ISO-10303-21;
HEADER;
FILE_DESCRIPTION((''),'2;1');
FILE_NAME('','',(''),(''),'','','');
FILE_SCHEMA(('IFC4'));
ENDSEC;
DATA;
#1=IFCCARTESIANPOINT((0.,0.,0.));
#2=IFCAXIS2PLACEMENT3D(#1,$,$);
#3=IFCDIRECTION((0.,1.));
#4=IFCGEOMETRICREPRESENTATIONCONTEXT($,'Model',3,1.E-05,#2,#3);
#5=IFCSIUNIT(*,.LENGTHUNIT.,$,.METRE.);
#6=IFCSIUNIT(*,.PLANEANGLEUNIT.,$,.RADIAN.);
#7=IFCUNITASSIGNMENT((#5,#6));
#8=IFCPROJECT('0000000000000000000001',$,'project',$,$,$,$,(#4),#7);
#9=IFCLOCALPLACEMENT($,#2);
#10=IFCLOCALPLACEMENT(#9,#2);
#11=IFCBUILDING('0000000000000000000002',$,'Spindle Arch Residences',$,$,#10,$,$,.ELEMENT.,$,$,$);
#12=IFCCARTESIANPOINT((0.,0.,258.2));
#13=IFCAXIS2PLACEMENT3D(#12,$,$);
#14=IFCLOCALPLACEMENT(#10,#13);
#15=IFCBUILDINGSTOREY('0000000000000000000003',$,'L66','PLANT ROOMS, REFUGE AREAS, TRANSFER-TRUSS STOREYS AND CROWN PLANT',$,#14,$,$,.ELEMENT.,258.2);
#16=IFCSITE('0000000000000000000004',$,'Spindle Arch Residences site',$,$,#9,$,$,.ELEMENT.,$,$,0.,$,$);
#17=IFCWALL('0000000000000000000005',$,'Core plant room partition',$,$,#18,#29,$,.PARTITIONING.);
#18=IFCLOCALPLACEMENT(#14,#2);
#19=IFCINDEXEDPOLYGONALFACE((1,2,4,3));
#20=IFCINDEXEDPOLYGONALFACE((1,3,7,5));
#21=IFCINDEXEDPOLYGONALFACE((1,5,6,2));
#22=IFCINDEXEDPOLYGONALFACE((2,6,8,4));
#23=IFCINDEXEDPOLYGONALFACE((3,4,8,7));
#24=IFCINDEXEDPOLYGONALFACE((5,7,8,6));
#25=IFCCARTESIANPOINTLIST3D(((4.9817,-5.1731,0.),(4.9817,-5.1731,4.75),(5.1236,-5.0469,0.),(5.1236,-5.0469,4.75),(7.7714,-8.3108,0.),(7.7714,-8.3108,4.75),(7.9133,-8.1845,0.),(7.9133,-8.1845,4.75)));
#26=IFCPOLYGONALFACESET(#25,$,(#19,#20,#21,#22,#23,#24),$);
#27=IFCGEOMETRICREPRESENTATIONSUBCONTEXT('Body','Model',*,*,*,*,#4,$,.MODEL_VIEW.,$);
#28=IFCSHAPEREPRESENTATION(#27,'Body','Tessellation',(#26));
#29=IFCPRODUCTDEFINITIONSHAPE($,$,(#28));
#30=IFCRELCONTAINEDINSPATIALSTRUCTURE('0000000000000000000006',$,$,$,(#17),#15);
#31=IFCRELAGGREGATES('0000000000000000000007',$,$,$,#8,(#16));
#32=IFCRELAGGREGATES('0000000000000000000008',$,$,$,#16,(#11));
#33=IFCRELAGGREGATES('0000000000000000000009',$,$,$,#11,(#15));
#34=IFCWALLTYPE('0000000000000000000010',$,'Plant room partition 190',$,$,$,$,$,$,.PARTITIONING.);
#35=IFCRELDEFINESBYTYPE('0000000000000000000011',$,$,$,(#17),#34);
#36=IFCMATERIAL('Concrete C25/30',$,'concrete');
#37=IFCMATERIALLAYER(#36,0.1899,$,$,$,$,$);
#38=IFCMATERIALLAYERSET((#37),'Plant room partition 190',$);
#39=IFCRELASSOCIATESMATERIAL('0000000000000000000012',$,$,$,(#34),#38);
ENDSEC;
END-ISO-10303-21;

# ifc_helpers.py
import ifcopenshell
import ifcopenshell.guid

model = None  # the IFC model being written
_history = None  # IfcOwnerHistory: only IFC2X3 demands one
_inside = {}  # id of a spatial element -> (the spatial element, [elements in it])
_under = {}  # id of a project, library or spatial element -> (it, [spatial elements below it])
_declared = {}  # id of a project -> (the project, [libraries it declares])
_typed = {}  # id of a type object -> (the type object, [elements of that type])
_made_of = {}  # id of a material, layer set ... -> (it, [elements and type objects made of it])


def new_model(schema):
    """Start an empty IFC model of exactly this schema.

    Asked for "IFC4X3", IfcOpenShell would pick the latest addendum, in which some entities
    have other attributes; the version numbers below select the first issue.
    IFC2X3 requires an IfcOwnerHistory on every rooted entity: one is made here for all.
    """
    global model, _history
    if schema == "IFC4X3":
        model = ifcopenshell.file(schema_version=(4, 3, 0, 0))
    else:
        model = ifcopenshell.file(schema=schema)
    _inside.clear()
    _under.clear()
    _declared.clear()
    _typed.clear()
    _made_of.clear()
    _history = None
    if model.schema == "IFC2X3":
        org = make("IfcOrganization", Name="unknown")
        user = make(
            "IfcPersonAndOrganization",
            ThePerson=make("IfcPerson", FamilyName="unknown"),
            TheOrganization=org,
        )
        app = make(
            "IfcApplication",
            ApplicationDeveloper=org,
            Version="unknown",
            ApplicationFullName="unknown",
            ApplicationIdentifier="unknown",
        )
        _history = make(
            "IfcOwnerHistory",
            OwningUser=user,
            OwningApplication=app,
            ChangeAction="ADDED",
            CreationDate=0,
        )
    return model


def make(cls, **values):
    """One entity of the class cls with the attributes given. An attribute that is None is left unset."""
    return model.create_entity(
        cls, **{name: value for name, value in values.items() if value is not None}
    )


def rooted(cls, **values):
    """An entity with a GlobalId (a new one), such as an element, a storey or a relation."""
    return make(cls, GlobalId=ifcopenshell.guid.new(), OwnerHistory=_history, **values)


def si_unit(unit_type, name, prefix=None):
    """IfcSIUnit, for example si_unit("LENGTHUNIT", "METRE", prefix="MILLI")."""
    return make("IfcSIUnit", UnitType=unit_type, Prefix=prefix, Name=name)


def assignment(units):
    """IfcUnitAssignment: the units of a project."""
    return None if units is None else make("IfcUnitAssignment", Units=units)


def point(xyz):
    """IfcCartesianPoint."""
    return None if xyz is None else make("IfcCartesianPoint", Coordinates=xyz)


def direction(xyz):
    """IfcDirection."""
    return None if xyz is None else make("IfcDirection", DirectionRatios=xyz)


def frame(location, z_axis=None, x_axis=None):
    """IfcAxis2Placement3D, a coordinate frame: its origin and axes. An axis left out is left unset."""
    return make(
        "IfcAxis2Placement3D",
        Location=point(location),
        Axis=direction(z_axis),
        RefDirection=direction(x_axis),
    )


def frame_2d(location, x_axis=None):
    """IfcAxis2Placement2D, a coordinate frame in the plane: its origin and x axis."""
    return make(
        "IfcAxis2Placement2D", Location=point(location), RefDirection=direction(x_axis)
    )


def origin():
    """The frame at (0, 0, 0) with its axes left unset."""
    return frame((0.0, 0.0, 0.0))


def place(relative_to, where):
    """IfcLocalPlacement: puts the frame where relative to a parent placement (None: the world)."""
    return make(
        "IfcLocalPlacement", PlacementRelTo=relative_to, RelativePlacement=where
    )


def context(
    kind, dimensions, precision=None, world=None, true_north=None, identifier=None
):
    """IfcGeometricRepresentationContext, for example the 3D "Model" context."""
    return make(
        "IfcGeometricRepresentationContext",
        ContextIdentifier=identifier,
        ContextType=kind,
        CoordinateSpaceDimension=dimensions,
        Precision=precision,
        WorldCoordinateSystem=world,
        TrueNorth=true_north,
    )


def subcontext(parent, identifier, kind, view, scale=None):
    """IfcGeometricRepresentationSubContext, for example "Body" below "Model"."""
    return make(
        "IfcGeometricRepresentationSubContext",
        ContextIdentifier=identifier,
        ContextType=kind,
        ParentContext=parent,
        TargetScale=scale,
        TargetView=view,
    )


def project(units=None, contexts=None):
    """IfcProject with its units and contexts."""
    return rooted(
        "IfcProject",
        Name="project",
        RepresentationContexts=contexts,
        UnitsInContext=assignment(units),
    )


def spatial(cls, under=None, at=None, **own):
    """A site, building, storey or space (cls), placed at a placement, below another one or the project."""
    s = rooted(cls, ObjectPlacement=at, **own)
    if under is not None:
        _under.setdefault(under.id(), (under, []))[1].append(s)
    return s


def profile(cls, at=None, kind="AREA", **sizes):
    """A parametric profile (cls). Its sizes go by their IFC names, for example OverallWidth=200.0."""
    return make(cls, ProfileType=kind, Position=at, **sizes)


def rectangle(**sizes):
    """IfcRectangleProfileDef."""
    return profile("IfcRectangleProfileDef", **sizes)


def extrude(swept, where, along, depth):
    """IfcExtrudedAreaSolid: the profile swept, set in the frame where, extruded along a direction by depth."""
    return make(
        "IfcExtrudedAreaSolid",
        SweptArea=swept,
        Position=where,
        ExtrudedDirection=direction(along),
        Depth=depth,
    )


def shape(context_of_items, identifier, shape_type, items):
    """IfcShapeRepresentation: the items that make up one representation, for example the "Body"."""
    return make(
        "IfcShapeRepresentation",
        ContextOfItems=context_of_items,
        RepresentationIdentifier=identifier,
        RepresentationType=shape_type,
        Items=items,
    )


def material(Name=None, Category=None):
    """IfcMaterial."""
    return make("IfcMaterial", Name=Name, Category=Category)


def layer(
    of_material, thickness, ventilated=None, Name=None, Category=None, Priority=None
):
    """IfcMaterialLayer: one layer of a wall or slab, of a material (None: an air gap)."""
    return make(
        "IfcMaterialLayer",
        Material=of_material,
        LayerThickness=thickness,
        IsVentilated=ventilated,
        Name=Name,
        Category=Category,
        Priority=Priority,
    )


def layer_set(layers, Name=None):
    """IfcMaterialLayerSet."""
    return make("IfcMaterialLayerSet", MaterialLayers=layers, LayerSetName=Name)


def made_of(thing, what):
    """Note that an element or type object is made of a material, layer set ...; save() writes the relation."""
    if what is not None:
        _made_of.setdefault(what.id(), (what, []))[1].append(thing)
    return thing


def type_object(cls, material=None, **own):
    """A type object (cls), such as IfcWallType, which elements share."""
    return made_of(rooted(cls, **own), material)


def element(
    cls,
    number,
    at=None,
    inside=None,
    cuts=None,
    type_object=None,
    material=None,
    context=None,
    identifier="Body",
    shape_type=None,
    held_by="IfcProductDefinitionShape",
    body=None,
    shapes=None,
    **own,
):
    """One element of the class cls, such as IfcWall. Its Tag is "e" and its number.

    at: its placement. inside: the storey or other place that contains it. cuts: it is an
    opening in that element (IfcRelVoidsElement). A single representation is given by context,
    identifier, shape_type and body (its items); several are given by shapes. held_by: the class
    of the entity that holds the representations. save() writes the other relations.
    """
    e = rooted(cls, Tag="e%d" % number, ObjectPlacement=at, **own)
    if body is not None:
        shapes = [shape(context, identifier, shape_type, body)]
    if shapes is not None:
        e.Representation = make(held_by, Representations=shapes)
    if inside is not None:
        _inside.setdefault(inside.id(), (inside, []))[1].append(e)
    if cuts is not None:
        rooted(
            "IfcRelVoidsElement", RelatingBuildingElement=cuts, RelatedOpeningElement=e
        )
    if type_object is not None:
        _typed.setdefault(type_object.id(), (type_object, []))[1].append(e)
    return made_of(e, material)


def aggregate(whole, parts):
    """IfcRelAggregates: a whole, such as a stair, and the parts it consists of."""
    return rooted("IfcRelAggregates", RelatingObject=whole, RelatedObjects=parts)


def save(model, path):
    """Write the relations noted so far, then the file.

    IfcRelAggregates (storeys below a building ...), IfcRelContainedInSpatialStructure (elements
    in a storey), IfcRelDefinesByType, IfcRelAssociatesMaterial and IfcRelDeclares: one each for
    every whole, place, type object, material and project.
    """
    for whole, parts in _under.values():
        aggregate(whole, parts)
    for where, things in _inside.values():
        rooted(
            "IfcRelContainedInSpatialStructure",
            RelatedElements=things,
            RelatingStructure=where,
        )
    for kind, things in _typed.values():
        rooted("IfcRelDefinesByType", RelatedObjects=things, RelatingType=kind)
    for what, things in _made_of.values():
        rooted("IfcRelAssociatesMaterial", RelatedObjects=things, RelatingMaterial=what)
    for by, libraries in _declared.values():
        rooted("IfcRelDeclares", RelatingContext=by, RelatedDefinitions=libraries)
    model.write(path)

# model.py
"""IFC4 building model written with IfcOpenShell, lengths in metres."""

from ifc_helpers import new_model, si_unit, direction, frame, frame_2d, origin, place, context, subcontext, project, spatial, rectangle, extrude, material, layer, layer_set, type_object, element, save


model = new_model("IFC4")

# Units and contexts
model_context = context("Model", 3, precision=1e-05, world=origin(), true_north=direction((0.0, 1.0)))
body_context = subcontext(model_context, "Body", "Model", "MODEL_VIEW")
ifc_project = project(units=[si_unit("LENGTHUNIT", "METRE"), si_unit("PLANEANGLEUNIT", "RADIAN")], contexts=[model_context])

# Site, building, storey
site_placement = place(None, origin())
site = spatial("IfcSite", under=ifc_project, at=site_placement, Name="Spindle Arch Residences site", CompositionType="ELEMENT", RefElevation=0.0)
building_placement = place(site_placement, origin())
building = spatial("IfcBuilding", under=site, at=building_placement, Name="Spindle Arch Residences", CompositionType="ELEMENT")
storey_placement = place(building_placement, frame((0.0, 0.0, 258.2)))
storey = spatial("IfcBuildingStorey", under=building, at=storey_placement, Name="L66", Description="PLANT ROOMS, REFUGE AREAS, TRANSFER-TRUSS STOREYS AND CROWN PLANT", CompositionType="ELEMENT", Elevation=258.2)

# Wall
ifc_material_1 = material(Name="Concrete C25/30", Category="concrete")
ifc_layer_1 = layer(ifc_material_1, 0.1899)
ifc_layer_set_1 = layer_set([ifc_layer_1], Name="Plant room partition 190")
wall_type_1 = type_object("IfcWallType", Name="Plant room partition 190", PredefinedType="PARTITIONING", material=ifc_layer_set_1)
wall_1_placement = place(storey_placement, frame((7.8423, -8.2476, 0.0), z_axis=(0.0, 0.0, 1.0), x_axis=(-0.664461, 0.747323, 0.0)))
element("IfcWall", 1, at=wall_1_placement, inside=storey, type_object=wall_type_1, Name="Core plant room partition", PredefinedType="PARTITIONING", context=body_context, shape_type="SweptSolid", body=[
    extrude(rectangle(XDim=4.1985, YDim=0.1899, at=frame_2d((2.0991, 0.0))), origin(), (0.0, 0.0, 1.0), 4.75),
])

save(model, "model.ifc")
